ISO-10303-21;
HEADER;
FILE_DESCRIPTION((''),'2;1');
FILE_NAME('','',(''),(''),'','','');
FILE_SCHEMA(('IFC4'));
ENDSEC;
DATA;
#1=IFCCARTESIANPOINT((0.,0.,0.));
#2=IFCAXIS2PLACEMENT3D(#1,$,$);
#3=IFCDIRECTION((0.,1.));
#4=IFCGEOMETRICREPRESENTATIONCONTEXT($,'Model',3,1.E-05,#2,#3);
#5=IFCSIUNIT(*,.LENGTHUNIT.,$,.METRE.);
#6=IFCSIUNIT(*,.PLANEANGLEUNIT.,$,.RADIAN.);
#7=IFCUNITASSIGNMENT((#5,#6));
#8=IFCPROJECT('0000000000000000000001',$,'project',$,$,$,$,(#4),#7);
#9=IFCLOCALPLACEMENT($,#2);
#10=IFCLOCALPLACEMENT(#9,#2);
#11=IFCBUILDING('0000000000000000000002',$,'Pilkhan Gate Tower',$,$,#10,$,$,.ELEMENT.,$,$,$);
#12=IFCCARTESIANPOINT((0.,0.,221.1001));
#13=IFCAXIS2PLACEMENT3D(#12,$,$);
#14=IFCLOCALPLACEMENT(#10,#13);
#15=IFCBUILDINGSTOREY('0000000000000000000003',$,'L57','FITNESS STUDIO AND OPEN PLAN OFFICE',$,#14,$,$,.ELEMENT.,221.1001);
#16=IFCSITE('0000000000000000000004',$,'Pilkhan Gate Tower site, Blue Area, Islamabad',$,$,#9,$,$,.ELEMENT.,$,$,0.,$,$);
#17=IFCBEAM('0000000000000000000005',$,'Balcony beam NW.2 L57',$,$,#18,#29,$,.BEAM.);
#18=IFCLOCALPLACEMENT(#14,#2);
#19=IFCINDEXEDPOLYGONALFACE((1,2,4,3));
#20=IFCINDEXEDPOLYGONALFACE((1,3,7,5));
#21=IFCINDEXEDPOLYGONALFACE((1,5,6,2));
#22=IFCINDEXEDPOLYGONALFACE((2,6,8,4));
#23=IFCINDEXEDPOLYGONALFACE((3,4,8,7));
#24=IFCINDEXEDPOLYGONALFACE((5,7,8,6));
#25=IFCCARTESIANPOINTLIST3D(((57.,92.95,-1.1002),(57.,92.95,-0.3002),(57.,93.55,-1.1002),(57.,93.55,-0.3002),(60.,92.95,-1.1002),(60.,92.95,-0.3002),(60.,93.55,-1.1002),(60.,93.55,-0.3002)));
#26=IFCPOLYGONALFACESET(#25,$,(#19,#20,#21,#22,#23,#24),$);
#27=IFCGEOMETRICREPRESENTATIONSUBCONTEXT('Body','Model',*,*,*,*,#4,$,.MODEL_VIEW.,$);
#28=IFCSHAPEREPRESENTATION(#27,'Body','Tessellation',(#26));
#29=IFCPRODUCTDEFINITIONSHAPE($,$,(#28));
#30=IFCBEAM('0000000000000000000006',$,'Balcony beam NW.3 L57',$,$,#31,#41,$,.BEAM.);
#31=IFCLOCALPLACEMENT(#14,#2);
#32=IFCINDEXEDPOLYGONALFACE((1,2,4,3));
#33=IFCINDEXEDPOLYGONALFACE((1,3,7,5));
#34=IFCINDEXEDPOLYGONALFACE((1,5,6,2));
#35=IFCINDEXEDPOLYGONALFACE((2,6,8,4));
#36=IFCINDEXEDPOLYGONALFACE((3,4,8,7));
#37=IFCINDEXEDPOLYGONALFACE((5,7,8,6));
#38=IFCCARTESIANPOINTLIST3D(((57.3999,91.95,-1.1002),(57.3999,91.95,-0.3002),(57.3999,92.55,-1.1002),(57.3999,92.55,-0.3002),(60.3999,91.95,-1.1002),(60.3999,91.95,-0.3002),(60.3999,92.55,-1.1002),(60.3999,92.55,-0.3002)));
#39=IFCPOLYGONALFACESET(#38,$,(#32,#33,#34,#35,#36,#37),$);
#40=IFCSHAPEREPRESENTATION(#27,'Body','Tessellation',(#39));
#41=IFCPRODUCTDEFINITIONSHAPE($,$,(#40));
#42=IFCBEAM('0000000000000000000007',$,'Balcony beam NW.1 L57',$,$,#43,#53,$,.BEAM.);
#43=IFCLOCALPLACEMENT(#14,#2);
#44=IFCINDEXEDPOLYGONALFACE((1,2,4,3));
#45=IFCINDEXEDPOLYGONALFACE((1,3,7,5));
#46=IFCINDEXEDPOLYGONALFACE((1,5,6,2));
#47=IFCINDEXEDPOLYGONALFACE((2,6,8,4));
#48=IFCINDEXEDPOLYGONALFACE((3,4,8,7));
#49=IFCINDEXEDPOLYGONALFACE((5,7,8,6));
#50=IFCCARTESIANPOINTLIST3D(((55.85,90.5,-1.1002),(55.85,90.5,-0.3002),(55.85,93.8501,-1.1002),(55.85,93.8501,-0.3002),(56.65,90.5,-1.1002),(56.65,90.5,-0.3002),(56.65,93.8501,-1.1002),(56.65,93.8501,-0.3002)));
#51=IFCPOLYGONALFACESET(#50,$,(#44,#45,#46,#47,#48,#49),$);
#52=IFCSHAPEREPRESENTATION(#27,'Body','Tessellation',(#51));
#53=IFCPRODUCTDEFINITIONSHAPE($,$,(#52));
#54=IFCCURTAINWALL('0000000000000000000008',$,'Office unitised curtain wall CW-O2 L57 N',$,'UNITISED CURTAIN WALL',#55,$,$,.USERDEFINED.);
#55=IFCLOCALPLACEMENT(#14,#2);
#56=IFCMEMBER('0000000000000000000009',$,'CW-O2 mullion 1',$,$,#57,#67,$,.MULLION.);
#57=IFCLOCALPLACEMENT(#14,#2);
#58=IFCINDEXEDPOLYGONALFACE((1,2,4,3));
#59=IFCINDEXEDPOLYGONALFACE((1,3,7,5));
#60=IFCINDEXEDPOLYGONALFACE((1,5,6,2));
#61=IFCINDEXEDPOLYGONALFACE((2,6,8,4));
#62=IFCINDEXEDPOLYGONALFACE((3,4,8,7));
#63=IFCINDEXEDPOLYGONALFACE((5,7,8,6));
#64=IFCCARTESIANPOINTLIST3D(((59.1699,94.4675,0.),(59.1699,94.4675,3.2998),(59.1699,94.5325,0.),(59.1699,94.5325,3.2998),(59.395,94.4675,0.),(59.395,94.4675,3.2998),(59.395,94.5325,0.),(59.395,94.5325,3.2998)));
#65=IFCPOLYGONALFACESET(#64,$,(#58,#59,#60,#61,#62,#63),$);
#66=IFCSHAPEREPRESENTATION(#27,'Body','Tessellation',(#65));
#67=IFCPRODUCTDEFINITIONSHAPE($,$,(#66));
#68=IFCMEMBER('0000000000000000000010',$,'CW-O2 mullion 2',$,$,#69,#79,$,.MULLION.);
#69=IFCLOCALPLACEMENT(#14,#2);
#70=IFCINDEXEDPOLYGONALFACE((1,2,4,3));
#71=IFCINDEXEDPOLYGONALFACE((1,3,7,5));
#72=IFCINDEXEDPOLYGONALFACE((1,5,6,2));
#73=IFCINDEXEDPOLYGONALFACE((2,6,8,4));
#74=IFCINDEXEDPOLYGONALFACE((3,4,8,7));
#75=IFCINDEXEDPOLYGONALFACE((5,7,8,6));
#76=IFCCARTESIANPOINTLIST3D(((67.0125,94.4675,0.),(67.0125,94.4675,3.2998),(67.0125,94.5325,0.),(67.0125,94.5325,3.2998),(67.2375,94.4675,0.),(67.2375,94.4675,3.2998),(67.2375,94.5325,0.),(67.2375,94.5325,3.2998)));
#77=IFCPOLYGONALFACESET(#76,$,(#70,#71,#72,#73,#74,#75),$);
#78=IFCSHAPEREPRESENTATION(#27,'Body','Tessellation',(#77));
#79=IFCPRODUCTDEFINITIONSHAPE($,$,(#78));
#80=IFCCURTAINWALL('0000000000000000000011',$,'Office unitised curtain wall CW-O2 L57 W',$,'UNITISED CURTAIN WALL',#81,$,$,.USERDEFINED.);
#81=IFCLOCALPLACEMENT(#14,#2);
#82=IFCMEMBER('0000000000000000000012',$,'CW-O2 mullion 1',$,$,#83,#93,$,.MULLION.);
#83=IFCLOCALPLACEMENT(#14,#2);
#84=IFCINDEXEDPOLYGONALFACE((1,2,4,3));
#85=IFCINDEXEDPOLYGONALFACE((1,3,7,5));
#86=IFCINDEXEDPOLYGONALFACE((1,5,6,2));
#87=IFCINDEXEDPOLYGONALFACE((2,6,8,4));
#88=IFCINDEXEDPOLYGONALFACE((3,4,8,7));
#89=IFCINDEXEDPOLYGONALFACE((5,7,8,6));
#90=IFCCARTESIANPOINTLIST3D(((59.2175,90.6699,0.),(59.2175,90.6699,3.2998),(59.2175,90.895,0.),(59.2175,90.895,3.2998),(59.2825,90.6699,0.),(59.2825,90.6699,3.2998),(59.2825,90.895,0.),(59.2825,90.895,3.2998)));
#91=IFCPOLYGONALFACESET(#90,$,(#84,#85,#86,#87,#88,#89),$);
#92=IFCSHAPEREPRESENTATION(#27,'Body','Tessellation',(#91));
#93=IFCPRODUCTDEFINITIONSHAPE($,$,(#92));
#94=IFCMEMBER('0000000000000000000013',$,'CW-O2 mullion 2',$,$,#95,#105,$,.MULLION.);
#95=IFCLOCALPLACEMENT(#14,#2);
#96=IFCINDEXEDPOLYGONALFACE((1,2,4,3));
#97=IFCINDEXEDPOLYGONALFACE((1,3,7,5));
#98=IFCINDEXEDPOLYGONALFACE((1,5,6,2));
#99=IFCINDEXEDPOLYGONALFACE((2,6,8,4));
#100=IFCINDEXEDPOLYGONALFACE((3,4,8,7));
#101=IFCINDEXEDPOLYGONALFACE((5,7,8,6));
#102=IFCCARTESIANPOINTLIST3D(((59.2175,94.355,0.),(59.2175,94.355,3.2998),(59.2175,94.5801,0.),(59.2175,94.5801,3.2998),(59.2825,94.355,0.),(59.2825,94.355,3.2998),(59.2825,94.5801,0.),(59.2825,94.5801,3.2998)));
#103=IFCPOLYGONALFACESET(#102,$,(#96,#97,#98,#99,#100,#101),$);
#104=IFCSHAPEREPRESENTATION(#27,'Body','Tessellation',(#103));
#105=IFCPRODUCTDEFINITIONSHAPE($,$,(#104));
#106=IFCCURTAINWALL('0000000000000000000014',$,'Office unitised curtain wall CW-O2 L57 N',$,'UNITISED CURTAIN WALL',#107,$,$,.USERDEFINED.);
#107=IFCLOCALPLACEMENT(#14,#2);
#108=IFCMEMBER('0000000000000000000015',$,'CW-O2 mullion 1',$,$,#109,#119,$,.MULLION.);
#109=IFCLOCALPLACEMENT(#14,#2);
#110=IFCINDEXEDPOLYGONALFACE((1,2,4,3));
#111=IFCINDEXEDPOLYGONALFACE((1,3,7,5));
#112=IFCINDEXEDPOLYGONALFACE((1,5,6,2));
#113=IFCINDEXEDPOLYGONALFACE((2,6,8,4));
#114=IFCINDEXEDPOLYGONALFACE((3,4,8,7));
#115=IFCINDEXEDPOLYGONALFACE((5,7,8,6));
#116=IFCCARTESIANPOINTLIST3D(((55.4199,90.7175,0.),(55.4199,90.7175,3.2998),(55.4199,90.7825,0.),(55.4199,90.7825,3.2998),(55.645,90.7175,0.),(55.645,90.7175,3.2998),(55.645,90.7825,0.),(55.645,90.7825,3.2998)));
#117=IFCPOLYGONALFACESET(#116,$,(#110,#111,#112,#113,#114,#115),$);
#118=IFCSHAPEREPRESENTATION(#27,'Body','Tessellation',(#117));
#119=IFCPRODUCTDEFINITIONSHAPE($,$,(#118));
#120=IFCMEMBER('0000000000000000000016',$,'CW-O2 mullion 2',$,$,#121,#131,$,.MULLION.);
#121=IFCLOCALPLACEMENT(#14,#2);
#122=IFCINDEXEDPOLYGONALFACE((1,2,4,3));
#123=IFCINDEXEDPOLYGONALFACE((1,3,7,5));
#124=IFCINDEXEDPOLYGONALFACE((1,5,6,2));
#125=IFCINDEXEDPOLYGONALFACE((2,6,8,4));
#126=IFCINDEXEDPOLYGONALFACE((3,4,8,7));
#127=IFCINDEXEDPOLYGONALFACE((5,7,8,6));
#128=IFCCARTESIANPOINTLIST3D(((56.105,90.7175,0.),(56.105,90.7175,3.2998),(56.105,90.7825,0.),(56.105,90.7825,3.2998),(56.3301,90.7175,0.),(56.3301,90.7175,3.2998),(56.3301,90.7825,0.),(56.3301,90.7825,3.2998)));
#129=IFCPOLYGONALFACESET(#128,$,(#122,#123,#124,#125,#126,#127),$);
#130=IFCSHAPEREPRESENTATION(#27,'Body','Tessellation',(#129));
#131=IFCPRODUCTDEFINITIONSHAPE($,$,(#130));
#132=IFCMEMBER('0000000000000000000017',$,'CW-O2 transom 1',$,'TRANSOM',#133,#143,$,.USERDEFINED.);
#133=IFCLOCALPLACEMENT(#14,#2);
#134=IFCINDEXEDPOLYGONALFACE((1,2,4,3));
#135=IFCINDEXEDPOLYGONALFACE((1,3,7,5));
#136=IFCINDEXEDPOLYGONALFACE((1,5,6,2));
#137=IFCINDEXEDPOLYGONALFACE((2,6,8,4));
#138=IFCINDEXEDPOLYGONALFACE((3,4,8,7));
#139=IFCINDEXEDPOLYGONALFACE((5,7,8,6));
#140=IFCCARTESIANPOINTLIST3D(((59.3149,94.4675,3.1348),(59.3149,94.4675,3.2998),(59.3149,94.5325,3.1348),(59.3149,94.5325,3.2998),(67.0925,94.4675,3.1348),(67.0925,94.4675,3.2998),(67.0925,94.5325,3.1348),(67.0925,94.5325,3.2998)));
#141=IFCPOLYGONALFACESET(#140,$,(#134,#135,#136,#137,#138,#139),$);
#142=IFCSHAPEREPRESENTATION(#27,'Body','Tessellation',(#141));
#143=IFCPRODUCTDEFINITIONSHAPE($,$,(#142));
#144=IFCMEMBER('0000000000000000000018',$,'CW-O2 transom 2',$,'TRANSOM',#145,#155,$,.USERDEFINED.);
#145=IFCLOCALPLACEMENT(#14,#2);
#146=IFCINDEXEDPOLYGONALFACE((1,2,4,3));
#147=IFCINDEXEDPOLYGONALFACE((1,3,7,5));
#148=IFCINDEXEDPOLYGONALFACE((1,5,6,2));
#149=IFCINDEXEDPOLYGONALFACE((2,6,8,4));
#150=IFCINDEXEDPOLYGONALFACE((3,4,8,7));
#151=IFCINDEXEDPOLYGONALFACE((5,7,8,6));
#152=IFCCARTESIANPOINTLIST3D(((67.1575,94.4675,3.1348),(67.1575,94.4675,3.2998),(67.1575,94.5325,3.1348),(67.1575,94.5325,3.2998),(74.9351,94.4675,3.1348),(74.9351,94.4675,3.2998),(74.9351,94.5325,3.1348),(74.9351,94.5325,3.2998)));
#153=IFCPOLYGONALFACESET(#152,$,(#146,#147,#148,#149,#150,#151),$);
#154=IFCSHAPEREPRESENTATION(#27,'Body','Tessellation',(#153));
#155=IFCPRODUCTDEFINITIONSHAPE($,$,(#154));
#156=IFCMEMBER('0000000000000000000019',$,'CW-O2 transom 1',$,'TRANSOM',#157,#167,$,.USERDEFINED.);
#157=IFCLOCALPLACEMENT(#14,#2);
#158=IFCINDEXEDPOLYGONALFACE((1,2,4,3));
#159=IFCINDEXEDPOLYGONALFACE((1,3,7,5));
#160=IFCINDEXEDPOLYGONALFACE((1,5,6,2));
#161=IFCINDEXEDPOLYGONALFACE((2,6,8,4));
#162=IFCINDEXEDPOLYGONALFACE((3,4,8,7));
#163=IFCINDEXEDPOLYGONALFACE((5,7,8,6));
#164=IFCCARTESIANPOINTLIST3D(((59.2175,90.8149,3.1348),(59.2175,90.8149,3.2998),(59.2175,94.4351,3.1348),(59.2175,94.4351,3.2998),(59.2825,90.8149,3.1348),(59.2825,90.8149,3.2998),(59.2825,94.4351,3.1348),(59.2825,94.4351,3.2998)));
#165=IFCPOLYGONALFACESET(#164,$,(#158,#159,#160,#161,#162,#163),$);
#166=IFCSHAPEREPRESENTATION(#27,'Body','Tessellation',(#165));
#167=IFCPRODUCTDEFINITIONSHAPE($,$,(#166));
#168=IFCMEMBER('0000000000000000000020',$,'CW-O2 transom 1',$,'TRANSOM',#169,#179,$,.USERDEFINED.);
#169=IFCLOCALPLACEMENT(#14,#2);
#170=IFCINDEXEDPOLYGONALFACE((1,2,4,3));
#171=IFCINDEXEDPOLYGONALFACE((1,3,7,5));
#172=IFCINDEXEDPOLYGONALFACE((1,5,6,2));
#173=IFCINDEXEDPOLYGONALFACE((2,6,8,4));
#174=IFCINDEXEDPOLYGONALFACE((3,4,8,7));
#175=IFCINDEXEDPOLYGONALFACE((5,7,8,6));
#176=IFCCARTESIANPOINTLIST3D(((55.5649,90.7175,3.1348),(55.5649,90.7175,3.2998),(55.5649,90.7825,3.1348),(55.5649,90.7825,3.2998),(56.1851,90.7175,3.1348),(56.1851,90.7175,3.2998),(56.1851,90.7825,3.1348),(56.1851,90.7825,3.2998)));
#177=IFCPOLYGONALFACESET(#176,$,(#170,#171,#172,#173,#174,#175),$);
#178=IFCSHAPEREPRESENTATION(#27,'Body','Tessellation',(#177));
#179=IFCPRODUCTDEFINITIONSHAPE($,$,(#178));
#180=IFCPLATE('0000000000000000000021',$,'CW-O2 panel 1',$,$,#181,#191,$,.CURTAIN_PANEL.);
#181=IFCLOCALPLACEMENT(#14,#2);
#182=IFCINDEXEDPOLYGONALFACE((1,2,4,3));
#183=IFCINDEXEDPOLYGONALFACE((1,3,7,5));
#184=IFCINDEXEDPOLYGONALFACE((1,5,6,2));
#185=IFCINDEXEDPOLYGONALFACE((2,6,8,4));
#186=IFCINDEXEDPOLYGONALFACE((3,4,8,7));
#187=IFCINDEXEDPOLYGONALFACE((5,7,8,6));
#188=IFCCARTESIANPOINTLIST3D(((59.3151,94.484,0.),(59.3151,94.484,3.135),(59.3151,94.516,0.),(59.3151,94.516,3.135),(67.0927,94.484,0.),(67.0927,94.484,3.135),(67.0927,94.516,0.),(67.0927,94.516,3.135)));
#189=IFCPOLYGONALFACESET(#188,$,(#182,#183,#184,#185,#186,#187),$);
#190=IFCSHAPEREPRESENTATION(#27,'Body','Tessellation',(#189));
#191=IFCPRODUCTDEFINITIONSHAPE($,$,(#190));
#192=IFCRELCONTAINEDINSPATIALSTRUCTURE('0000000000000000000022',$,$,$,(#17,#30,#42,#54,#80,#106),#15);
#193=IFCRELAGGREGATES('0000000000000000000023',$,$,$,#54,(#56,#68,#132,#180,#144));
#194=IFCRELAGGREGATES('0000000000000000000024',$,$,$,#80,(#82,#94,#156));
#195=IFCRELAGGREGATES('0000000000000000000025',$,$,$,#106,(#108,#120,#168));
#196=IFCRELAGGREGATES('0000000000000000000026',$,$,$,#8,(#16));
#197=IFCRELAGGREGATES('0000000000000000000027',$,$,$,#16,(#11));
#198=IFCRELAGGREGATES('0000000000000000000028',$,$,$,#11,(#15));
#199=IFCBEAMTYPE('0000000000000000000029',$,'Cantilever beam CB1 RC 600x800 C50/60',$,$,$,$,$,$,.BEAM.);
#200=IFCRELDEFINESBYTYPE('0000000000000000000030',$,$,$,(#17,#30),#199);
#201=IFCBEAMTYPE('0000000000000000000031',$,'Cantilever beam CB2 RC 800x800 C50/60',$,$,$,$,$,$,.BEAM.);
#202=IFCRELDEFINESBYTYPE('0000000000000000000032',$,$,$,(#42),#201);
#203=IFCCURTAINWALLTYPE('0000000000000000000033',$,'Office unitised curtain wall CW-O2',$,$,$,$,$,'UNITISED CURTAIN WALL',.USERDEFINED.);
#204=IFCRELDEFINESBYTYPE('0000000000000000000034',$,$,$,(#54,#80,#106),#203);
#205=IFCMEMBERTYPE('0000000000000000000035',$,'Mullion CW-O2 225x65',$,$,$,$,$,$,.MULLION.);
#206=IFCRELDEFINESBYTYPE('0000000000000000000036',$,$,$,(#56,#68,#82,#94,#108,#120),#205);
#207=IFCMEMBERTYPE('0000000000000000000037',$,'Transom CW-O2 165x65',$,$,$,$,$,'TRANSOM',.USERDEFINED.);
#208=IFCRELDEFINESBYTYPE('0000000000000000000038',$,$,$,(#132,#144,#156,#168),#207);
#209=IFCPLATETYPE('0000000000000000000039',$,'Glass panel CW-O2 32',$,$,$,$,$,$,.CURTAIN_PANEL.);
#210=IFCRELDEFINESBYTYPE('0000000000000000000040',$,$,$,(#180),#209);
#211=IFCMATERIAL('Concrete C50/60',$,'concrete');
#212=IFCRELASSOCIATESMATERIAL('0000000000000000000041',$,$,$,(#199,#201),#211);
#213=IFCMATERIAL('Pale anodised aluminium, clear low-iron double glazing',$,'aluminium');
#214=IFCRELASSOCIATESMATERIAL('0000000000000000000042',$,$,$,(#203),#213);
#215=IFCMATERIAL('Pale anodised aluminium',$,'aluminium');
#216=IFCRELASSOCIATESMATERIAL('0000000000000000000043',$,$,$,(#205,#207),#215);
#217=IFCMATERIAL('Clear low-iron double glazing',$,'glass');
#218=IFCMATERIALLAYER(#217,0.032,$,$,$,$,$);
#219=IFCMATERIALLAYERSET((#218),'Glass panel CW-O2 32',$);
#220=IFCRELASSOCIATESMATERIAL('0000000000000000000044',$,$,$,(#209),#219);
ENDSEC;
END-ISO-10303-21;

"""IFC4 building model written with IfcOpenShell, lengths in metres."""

from ifc_helpers import new_model, si_unit, direction, frame, origin, origin_2d, place, context, subcontext, project, spatial, rectangle, extrude, material, layer, layer_set, material_profile, profile_set, type_object, element, aggregate, save


model = new_model("IFC4")

# Units and contexts
model_context = context("Model", 3, precision=1e-05, world=origin(), true_north=direction((0.0, 1.0)))
body_context = subcontext(model_context, "Body", "Model", "MODEL_VIEW")
ifc_project = project(units=[si_unit("LENGTHUNIT", "METRE"), si_unit("PLANEANGLEUNIT", "RADIAN")], contexts=[model_context])

# Site, building, storey
site_placement = place(None, origin())
site = spatial("IfcSite", under=ifc_project, at=site_placement, Name="Pilkhan Gate Tower site, Blue Area, Islamabad", CompositionType="ELEMENT", RefElevation=0.0)
building_placement = place(site_placement, origin())
building = spatial("IfcBuilding", under=site, at=building_placement, Name="Pilkhan Gate Tower", CompositionType="ELEMENT")
storey_placement = place(building_placement, frame((0.0, 0.0, 221.1001)))
storey = spatial("IfcBuildingStorey", under=building, at=storey_placement, Name="L57", Description="FITNESS STUDIO AND OPEN PLAN OFFICE", CompositionType="ELEMENT", Elevation=221.1001)

# Beams
ifc_material_1 = material(Name="Concrete C50/60", Category="concrete")
ifc_material_profile_1 = material_profile(ifc_material_1, rectangle(XDim=0.6001, YDim=0.8, at=origin_2d()), Name="RC 600x800")
ifc_profile_set_1 = profile_set([ifc_material_profile_1], Name="Concrete C50/60")
beam_type_1 = type_object("IfcBeamType", Name="Cantilever beam CB1 RC 600x800 C50/60", PredefinedType="BEAM", material=ifc_profile_set_1)
for number, where, z_axis, x_axis, name in (
    (1, (60.0, 93.25, -0.7002), (-1.0, 0.0, 0.0), (0.0, -1.0, 0.0), "Balcony beam NW.2 L57"),
    (2, (60.3999, 92.25, -0.7002), (-1.0, 0.0, 0.0), (0.0, -1.0, 0.0), "Balcony beam NW.3 L57"),
):
    element("IfcBeam", number, at=place(storey_placement, frame(where, z_axis=z_axis, x_axis=x_axis)), inside=storey, type_object=beam_type_1, Name=name, PredefinedType="BEAM", context=body_context, shape_type="SweptSolid", body=[
        extrude(rectangle(XDim=0.6001, YDim=0.8, at=origin_2d()), origin(), (0.0, 0.0, 1.0), 3.0),
    ])
ifc_material_profile_2 = material_profile(ifc_material_1, rectangle(XDim=0.8, YDim=0.8, at=origin_2d()), Name="RC 800x800")
ifc_profile_set_2 = profile_set([ifc_material_profile_2], Name="Concrete C50/60")
beam_type_2 = type_object("IfcBeamType", Name="Cantilever beam CB2 RC 800x800 C50/60", PredefinedType="BEAM", material=ifc_profile_set_2)
beam_placement = place(storey_placement, frame((56.25, 90.5, -0.7002), z_axis=(0.0, 1.0, 0.0), x_axis=(-1.0, 0.0, 0.0)))
element("IfcBeam", 3, at=beam_placement, inside=storey, type_object=beam_type_2, Name="Balcony beam NW.1 L57", PredefinedType="BEAM", context=body_context, shape_type="SweptSolid", body=[
    extrude(rectangle(XDim=0.8, YDim=0.8, at=origin_2d()), origin(), (0.0, 0.0, 1.0), 3.3501),
])

# Curtain walls, members
ifc_material_2 = material(Name="Pale anodised aluminium, clear low-iron double glazing", Category="aluminium")
curtain_wall_type = type_object("IfcCurtainWallType", Name="Office unitised curtain wall CW-O2", ElementType="UNITISED CURTAIN WALL", PredefinedType="USERDEFINED", material=ifc_material_2)
curtain_wall_1_placement = place(storey_placement, origin())
curtain_wall_1 = element("IfcCurtainWall", 4, at=curtain_wall_1_placement, inside=storey, type_object=curtain_wall_type, Name="Office unitised curtain wall CW-O2 L57 N", ObjectType="UNITISED CURTAIN WALL", PredefinedType="USERDEFINED")
ifc_material_3 = material(Name="Pale anodised aluminium", Category="aluminium")
ifc_material_profile_3 = material_profile(ifc_material_3, rectangle(XDim=0.0649, YDim=0.2251, at=origin_2d()), Name="Mullion 225x65")
ifc_profile_set_3 = profile_set([ifc_material_profile_3], Name="Pale anodised aluminium")
member_type_1 = type_object("IfcMemberType", Name="Mullion CW-O2 225x65", PredefinedType="MULLION", material=ifc_profile_set_3)
member_1_placement = place(storey_placement, frame((59.2825, 94.5, 0.0), z_axis=(0.0, 0.0, 1.0), x_axis=(0.0, 1.0, 0.0)))
member_1 = element("IfcMember", 5, at=member_1_placement, type_object=member_type_1, Name="CW-O2 mullion 1", PredefinedType="MULLION", context=body_context, shape_type="SweptSolid", body=[
    extrude(rectangle(XDim=0.0649, YDim=0.2251, at=origin_2d()), origin(), (0.0, 0.0, 1.0), 3.2998),
])
member_2_placement = place(storey_placement, frame((67.125, 94.5, 0.0), z_axis=(0.0, 0.0, 1.0), x_axis=(0.0, 1.0, 0.0)))
member_2 = element("IfcMember", 6, at=member_2_placement, type_object=member_type_1, Name="CW-O2 mullion 2", PredefinedType="MULLION", context=body_context, shape_type="SweptSolid", body=[
    extrude(rectangle(XDim=0.0649, YDim=0.2251, at=origin_2d()), origin(), (0.0, 0.0, 1.0), 3.2998),
])
curtain_wall_2_placement = place(storey_placement, origin())
curtain_wall_2 = element("IfcCurtainWall", 7, at=curtain_wall_2_placement, inside=storey, type_object=curtain_wall_type, Name="Office unitised curtain wall CW-O2 L57 W", ObjectType="UNITISED CURTAIN WALL", PredefinedType="USERDEFINED")
member_3_placement = place(storey_placement, frame((59.25, 90.7825, 0.0), z_axis=(0.0, 0.0, 1.0), x_axis=(-1.0, 0.0, 0.0)))
member_3 = element("IfcMember", 8, at=member_3_placement, type_object=member_type_1, Name="CW-O2 mullion 1", PredefinedType="MULLION", context=body_context, shape_type="SweptSolid", body=[
    extrude(rectangle(XDim=0.0649, YDim=0.2251, at=origin_2d()), origin(), (0.0, 0.0, 1.0), 3.2998),
])
member_4_placement = place(storey_placement, frame((59.25, 94.4675, 0.0), z_axis=(0.0, 0.0, 1.0), x_axis=(-1.0, 0.0, 0.0)))
member_4 = element("IfcMember", 9, at=member_4_placement, type_object=member_type_1, Name="CW-O2 mullion 2", PredefinedType="MULLION", context=body_context, shape_type="SweptSolid", body=[
    extrude(rectangle(XDim=0.0649, YDim=0.2251, at=origin_2d()), origin(), (0.0, 0.0, 1.0), 3.2998),
])
curtain_wall_3_placement = place(storey_placement, origin())
curtain_wall_3 = element("IfcCurtainWall", 10, at=curtain_wall_3_placement, inside=storey, type_object=curtain_wall_type, Name="Office unitised curtain wall CW-O2 L57 N", ObjectType="UNITISED CURTAIN WALL", PredefinedType="USERDEFINED")
member_5_placement = place(storey_placement, frame((55.5325, 90.75, 0.0), z_axis=(0.0, 0.0, 1.0), x_axis=(0.0, 1.0, 0.0)))
member_5 = element("IfcMember", 11, at=member_5_placement, type_object=member_type_1, Name="CW-O2 mullion 1", PredefinedType="MULLION", context=body_context, shape_type="SweptSolid", body=[
    extrude(rectangle(XDim=0.0649, YDim=0.2251, at=origin_2d()), origin(), (0.0, 0.0, 1.0), 3.2998),
])
member_6_placement = place(storey_placement, frame((56.2175, 90.75, 0.0), z_axis=(0.0, 0.0, 1.0), x_axis=(0.0, 1.0, 0.0)))
member_6 = element("IfcMember", 12, at=member_6_placement, type_object=member_type_1, Name="CW-O2 mullion 2", PredefinedType="MULLION", context=body_context, shape_type="SweptSolid", body=[
    extrude(rectangle(XDim=0.0649, YDim=0.2251, at=origin_2d()), origin(), (0.0, 0.0, 1.0), 3.2998),
])

# Members
ifc_material_profile_4 = material_profile(ifc_material_3, rectangle(XDim=0.0649, YDim=0.165, at=origin_2d()), Name="Transom 165x65")
ifc_profile_set_4 = profile_set([ifc_material_profile_4], Name="Pale anodised aluminium")
member_type_2 = type_object("IfcMemberType", Name="Transom CW-O2 165x65", ElementType="TRANSOM", PredefinedType="USERDEFINED", material=ifc_profile_set_4)
member_7_placement = place(storey_placement, frame((59.3149, 94.5, 3.2173), z_axis=(1.0, 0.0, 0.0), x_axis=(0.0, 1.0, 0.0)))
member_7 = element("IfcMember", 13, at=member_7_placement, type_object=member_type_2, Name="CW-O2 transom 1", ObjectType="TRANSOM", PredefinedType="USERDEFINED", context=body_context, shape_type="SweptSolid", body=[
    extrude(rectangle(XDim=0.0649, YDim=0.165, at=origin_2d()), origin(), (0.0, 0.0, 1.0), 7.7776),
])
member_8_placement = place(storey_placement, frame((67.1575, 94.5, 3.2173), z_axis=(1.0, 0.0, 0.0), x_axis=(0.0, 1.0, 0.0)))
member_8 = element("IfcMember", 14, at=member_8_placement, type_object=member_type_2, Name="CW-O2 transom 2", ObjectType="TRANSOM", PredefinedType="USERDEFINED", context=body_context, shape_type="SweptSolid", body=[
    extrude(rectangle(XDim=0.0649, YDim=0.165, at=origin_2d()), origin(), (0.0, 0.0, 1.0), 7.7776),
])
member_9_placement = place(storey_placement, frame((59.25, 90.8149, 3.2173), z_axis=(0.0, 1.0, 0.0), x_axis=(-1.0, 0.0, 0.0)))
member_9 = element("IfcMember", 15, at=member_9_placement, type_object=member_type_2, Name="CW-O2 transom 1", ObjectType="TRANSOM", PredefinedType="USERDEFINED", context=body_context, shape_type="SweptSolid", body=[
    extrude(rectangle(XDim=0.0649, YDim=0.165, at=origin_2d()), origin(), (0.0, 0.0, 1.0), 3.6201),
])
member_10_placement = place(storey_placement, frame((55.5649, 90.75, 3.2173), z_axis=(1.0, 0.0, 0.0), x_axis=(0.0, 1.0, 0.0)))
member_10 = element("IfcMember", 16, at=member_10_placement, type_object=member_type_2, Name="CW-O2 transom 1", ObjectType="TRANSOM", PredefinedType="USERDEFINED", context=body_context, shape_type="SweptSolid", body=[
    extrude(rectangle(XDim=0.0649, YDim=0.165, at=origin_2d()), origin(), (0.0, 0.0, 1.0), 0.6201),
])

# Plate
ifc_material_4 = material(Name="Clear low-iron double glazing", Category="glass")
ifc_layer_1 = layer(ifc_material_4, 0.032)
ifc_layer_set_1 = layer_set([ifc_layer_1], Name="Glass panel CW-O2 32")
plate_type = type_object("IfcPlateType", Name="Glass panel CW-O2 32", PredefinedType="CURTAIN_PANEL", material=ifc_layer_set_1)
plate_1_placement = place(storey_placement, frame((63.2039, 94.5, 0.0), z_axis=(0.0, 0.0, 1.0), x_axis=(1.0, 0.0, 0.0)))
plate_1 = element("IfcPlate", 17, at=plate_1_placement, type_object=plate_type, Name="CW-O2 panel 1", PredefinedType="CURTAIN_PANEL", context=body_context, shape_type="SweptSolid", body=[
    extrude(rectangle(XDim=7.7776, YDim=0.032, at=origin_2d()), origin(), (0.0, 0.0, 1.0), 3.135),
])
aggregate(curtain_wall_1, [member_1, member_2, member_7, plate_1, member_8])
aggregate(curtain_wall_2, [member_3, member_4, member_9])
aggregate(curtain_wall_3, [member_5, member_6, member_10])

save(model, "model.ifc")
